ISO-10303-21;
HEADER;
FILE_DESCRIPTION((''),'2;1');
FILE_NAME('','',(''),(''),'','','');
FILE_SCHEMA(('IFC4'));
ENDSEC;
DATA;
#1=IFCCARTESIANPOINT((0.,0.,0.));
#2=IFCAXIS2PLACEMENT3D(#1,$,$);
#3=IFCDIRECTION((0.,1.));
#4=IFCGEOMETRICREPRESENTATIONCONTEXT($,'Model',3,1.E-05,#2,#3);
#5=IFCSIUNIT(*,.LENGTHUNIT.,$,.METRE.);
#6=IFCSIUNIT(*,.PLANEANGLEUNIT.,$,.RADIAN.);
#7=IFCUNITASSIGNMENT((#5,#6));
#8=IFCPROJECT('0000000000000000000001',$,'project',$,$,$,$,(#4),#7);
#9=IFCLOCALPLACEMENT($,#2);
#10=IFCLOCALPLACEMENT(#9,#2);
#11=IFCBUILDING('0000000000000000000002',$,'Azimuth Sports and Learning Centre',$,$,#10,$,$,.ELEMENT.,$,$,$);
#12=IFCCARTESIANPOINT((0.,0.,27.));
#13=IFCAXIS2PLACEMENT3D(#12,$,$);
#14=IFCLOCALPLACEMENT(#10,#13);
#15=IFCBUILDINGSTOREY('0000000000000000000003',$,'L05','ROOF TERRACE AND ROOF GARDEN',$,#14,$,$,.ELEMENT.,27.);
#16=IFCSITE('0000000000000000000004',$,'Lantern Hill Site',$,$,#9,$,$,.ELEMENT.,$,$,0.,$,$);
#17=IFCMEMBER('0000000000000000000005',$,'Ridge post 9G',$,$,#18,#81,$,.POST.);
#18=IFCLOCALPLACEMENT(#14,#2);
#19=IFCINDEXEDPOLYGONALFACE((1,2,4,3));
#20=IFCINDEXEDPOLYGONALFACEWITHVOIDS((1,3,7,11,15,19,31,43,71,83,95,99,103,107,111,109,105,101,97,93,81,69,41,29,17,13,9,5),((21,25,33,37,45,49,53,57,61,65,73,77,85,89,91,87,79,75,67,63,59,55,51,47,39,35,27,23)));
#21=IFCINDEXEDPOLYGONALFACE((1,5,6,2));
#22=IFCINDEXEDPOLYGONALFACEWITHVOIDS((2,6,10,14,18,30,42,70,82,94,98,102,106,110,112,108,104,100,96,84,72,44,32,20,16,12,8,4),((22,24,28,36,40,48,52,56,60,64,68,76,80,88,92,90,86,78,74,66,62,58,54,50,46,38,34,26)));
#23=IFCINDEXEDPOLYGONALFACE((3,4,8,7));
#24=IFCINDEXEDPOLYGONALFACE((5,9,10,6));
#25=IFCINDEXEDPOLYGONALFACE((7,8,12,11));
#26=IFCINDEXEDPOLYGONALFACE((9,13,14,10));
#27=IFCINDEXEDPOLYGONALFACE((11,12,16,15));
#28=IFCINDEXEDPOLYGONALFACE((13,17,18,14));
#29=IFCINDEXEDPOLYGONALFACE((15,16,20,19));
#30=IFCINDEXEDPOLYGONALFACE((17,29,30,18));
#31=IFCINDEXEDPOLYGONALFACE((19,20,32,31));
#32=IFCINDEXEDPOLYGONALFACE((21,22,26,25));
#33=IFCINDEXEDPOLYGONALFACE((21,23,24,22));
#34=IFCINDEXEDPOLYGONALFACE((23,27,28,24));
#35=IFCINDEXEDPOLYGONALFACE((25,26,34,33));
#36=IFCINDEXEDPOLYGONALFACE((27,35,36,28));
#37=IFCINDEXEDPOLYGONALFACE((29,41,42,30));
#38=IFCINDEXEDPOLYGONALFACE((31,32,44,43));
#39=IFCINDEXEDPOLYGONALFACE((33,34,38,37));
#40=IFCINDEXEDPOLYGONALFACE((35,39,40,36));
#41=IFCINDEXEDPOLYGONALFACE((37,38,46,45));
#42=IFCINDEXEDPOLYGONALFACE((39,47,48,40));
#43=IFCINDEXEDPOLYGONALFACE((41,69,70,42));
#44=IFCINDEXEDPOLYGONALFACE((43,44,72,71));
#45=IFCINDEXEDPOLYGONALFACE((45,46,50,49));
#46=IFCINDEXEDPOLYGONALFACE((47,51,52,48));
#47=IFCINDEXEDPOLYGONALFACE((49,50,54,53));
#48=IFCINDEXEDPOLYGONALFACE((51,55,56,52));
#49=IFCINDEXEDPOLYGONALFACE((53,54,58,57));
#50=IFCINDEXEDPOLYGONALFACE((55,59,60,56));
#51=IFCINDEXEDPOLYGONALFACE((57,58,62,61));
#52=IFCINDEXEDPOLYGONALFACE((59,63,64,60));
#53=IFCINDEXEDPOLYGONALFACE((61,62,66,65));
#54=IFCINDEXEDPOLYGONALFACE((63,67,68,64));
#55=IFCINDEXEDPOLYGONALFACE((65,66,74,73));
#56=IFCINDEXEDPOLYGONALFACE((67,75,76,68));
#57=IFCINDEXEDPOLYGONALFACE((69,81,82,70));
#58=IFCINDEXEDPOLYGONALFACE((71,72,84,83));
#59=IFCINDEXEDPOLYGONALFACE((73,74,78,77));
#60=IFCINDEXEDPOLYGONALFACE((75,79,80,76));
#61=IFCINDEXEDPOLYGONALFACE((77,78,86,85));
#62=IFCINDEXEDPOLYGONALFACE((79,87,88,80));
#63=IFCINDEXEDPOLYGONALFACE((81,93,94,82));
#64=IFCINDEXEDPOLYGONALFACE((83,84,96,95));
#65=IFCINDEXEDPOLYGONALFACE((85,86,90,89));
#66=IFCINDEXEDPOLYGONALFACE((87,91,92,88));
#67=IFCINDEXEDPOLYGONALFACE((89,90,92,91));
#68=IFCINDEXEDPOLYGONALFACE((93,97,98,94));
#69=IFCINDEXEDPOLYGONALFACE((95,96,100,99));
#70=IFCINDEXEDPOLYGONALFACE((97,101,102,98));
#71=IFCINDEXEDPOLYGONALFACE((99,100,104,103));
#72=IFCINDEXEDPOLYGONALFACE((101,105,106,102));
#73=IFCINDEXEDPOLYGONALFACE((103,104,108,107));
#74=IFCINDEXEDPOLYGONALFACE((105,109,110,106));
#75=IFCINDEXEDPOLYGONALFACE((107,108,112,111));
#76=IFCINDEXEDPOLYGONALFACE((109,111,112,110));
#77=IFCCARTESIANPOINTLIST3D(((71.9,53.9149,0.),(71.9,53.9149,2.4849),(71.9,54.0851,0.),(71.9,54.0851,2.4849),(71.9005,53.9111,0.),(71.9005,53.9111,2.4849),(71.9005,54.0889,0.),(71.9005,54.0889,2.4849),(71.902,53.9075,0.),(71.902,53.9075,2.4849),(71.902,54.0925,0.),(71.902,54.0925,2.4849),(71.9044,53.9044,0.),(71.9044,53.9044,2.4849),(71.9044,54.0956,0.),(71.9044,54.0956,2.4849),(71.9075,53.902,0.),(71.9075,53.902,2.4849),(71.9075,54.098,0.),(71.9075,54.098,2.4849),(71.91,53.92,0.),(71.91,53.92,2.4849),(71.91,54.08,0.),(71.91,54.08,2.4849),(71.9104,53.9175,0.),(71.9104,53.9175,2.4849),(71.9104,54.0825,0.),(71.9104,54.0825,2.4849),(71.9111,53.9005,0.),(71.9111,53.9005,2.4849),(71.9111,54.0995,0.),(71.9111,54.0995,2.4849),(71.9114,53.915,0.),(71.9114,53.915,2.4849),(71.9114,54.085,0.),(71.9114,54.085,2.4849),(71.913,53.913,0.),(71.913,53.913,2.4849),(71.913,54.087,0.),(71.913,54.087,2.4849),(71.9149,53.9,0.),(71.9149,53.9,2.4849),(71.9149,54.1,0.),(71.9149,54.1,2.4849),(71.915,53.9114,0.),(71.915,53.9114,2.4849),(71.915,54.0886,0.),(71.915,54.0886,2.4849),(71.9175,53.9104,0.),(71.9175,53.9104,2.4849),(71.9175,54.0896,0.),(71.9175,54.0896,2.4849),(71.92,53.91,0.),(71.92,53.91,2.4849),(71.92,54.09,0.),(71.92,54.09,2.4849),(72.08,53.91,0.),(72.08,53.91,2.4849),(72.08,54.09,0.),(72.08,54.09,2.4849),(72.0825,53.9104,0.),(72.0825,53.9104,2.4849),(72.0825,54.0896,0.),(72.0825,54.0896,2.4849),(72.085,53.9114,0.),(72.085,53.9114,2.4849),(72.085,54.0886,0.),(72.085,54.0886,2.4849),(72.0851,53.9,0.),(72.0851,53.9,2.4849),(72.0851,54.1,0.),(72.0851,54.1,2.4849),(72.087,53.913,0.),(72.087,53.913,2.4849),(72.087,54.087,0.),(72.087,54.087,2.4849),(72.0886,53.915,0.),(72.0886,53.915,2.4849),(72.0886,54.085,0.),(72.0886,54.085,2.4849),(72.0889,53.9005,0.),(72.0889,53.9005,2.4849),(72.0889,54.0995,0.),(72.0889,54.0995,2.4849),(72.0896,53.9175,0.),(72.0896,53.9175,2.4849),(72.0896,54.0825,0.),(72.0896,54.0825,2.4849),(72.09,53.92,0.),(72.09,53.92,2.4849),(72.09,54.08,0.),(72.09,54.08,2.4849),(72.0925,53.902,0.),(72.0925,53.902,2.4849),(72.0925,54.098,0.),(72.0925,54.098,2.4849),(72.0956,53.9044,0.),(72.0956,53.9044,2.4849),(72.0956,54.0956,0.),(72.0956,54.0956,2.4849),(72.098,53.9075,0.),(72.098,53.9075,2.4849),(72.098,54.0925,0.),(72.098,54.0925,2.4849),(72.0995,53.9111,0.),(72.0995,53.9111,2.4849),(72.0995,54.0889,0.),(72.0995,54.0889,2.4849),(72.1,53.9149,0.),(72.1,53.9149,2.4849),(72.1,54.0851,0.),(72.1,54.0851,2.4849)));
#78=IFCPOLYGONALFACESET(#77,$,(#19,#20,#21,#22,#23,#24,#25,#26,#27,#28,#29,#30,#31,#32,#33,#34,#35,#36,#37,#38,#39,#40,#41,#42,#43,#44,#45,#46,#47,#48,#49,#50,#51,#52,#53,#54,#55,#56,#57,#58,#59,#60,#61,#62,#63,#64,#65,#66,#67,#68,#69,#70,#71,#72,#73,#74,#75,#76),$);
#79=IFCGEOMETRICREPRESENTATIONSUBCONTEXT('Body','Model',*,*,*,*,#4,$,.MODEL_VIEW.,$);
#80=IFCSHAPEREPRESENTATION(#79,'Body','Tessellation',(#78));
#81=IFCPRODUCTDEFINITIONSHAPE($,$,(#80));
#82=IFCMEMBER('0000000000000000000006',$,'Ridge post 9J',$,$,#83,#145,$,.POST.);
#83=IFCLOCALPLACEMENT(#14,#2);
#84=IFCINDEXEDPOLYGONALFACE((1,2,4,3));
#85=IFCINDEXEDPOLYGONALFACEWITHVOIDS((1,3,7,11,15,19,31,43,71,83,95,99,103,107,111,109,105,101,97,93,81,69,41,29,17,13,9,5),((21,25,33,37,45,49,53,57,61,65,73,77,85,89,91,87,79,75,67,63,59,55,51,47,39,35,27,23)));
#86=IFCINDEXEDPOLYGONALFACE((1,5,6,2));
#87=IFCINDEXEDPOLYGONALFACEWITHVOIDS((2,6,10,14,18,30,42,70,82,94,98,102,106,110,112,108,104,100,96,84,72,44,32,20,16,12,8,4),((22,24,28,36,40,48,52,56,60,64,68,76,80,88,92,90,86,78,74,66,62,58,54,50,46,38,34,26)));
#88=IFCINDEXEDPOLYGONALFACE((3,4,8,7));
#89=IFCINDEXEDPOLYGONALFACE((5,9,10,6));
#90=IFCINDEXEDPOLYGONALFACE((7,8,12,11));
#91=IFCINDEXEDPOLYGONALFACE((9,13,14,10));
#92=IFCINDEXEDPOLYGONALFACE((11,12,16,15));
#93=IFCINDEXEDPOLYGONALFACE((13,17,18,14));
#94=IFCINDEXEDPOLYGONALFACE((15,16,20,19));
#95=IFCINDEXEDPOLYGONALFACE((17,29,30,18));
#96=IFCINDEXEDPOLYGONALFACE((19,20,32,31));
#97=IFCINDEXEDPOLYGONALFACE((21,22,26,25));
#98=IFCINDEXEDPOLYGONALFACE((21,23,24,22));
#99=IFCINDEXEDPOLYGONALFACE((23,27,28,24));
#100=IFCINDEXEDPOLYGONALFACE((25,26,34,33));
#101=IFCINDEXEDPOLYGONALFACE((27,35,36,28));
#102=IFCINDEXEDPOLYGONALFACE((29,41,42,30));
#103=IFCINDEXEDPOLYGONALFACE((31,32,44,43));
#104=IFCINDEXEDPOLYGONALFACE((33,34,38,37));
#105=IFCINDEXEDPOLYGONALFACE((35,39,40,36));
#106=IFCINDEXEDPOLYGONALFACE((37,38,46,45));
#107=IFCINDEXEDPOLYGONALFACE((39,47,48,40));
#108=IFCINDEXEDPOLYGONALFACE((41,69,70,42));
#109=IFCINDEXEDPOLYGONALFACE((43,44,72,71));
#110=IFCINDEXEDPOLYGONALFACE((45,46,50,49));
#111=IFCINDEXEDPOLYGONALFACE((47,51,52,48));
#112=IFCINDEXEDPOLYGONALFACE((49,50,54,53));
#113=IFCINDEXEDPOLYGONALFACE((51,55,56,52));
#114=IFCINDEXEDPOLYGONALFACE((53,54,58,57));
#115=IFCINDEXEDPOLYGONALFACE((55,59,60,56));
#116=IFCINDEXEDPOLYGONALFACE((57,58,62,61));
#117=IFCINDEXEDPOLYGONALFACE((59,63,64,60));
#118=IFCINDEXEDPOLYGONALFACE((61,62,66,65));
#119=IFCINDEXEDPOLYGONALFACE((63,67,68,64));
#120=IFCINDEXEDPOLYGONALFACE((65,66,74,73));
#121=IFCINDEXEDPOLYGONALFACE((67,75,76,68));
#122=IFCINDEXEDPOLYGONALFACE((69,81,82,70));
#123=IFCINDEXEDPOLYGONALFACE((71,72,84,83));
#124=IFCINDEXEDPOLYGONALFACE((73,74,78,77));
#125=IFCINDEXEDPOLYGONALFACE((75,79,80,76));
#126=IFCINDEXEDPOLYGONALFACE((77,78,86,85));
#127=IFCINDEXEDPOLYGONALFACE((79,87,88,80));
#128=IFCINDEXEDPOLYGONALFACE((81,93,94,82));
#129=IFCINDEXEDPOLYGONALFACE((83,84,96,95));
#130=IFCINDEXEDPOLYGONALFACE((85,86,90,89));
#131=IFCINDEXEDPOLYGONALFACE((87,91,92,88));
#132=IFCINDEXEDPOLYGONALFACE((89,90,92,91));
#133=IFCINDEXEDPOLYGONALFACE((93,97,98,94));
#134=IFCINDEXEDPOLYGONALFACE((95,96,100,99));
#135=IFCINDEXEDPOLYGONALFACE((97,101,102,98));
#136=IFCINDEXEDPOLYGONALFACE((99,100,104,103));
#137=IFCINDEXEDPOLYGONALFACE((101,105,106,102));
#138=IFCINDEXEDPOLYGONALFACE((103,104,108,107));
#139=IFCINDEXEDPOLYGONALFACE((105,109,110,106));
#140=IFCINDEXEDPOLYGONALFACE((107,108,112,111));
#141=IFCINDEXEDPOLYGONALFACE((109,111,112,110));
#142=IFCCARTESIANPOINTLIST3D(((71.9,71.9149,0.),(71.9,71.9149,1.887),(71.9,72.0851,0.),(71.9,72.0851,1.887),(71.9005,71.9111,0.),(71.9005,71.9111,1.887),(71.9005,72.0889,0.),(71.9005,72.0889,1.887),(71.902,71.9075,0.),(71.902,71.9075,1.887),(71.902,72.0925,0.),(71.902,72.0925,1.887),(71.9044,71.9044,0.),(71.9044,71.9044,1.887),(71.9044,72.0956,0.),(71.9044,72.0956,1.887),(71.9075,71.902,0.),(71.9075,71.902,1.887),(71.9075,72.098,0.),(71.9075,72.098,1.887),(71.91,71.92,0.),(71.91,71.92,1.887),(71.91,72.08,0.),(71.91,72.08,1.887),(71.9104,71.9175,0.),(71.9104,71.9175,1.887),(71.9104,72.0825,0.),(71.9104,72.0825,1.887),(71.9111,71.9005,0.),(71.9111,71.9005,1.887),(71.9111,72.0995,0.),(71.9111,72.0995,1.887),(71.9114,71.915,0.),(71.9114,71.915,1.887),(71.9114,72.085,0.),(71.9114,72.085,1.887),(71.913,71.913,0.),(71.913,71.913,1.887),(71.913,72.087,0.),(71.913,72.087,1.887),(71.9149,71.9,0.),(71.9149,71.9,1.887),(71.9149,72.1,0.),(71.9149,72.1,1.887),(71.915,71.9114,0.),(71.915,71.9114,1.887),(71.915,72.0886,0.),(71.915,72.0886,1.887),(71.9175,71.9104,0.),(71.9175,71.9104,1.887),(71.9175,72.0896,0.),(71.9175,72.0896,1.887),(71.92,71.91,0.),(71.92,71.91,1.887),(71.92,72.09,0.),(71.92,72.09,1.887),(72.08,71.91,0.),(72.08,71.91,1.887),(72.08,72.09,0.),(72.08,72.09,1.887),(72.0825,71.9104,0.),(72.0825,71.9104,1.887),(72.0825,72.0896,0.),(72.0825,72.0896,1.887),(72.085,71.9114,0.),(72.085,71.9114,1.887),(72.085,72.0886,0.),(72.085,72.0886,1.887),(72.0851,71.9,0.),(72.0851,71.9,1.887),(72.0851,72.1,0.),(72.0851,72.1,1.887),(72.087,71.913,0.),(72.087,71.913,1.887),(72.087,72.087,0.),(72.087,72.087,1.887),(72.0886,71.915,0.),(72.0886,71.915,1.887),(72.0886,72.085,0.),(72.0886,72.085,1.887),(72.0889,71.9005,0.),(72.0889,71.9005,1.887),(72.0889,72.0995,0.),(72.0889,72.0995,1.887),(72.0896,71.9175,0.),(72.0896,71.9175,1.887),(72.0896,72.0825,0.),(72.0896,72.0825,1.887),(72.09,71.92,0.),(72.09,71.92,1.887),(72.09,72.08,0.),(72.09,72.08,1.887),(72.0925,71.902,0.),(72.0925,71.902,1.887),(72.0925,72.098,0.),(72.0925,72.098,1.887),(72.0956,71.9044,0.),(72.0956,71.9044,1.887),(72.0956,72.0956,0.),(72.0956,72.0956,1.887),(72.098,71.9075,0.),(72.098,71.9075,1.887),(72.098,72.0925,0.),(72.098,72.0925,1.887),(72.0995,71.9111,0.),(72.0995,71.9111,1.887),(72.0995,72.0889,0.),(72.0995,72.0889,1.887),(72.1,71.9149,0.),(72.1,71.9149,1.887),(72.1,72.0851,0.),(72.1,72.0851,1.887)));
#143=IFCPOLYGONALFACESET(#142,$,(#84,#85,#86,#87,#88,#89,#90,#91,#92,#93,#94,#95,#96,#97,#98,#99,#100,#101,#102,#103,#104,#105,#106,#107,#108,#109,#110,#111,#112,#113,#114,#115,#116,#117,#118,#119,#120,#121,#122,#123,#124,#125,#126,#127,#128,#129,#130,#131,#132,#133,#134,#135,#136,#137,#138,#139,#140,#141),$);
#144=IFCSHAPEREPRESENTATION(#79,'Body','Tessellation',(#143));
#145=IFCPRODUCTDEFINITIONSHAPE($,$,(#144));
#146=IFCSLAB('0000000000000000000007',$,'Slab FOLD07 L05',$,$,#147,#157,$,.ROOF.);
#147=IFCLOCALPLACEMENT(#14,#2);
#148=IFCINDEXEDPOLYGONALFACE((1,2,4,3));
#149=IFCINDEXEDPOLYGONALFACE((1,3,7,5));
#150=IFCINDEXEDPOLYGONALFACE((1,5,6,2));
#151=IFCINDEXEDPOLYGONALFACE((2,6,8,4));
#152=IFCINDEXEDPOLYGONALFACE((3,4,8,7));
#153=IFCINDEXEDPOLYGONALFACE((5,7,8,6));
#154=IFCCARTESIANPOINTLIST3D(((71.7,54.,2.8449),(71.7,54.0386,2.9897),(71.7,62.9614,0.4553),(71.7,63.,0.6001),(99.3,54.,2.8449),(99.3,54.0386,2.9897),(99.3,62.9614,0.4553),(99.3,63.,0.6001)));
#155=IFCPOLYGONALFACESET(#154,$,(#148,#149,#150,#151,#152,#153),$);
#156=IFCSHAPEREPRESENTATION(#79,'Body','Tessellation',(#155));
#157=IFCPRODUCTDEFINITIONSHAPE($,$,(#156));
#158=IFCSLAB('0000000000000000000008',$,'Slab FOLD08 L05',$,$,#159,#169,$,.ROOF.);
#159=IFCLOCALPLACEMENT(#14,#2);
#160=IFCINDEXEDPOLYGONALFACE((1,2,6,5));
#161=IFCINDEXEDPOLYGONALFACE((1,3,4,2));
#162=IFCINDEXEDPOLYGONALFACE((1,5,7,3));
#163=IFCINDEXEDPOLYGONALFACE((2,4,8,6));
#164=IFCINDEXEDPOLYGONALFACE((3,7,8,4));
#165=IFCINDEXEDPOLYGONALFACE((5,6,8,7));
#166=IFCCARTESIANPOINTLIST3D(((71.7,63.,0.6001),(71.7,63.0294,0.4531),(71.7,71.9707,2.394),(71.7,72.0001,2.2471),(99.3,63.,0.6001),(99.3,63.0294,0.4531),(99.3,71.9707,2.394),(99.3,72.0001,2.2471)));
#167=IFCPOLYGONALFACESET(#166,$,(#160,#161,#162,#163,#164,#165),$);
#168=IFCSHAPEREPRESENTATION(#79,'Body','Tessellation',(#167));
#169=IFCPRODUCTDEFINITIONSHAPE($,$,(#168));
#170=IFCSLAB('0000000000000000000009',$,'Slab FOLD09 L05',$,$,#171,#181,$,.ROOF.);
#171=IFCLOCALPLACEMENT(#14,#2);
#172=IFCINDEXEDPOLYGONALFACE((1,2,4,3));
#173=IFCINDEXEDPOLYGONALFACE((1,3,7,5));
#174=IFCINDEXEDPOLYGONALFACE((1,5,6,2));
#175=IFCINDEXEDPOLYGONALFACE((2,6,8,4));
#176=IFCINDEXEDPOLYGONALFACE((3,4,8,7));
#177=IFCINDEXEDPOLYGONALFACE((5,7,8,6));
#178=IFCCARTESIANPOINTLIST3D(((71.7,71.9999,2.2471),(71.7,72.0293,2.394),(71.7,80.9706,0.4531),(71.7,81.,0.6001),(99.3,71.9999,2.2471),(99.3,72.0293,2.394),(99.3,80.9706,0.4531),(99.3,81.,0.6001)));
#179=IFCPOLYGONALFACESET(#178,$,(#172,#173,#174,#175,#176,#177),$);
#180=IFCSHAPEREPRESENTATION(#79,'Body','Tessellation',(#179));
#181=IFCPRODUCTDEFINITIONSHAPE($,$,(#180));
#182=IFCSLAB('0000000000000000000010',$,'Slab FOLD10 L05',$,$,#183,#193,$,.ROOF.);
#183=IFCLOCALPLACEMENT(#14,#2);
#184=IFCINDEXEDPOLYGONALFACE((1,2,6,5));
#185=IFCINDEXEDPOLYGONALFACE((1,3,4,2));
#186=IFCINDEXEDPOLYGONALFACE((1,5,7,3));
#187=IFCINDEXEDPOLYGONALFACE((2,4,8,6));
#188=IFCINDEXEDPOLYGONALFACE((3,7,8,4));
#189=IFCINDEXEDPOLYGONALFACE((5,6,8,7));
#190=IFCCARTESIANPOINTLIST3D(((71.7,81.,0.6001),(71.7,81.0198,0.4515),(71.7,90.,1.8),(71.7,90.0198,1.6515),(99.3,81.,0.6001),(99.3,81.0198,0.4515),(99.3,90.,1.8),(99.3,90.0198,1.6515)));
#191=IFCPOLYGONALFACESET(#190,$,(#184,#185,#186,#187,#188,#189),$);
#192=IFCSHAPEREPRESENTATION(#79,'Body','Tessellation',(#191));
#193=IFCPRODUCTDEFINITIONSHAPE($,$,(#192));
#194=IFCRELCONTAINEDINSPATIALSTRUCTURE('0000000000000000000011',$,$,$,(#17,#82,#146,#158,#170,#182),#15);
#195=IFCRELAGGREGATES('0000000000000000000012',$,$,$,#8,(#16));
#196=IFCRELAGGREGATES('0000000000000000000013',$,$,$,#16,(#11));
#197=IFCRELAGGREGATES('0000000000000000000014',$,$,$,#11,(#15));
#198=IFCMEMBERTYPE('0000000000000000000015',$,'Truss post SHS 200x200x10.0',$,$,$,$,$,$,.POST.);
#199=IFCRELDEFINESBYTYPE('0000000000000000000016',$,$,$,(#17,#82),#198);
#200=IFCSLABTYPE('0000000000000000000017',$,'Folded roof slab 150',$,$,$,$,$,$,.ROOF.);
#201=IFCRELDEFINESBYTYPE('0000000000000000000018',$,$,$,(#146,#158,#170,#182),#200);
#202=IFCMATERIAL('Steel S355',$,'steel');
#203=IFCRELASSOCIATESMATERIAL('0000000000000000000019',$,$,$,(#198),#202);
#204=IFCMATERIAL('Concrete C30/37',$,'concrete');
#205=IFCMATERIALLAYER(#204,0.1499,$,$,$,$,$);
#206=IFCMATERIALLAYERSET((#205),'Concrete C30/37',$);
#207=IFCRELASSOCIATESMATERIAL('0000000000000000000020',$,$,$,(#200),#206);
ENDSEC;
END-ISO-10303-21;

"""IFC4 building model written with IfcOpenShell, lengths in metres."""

from ifc_helpers import new_model, si_unit, direction, frame, origin, origin_2d, place, context, subcontext, project, spatial, polyline, hollow_rectangle, outline, extrude, material, layer, layer_set, material_profile, profile_set, type_object, element, save


model = new_model("IFC4")

# Units and contexts
model_context = context("Model", 3, precision=1e-05, world=origin(), true_north=direction((0.0, 1.0)))
body_context = subcontext(model_context, "Body", "Model", "MODEL_VIEW")
ifc_project = project(units=[si_unit("LENGTHUNIT", "METRE"), si_unit("PLANEANGLEUNIT", "RADIAN")], contexts=[model_context])

# Site, building, storey
site_placement = place(None, origin())
site = spatial("IfcSite", under=ifc_project, at=site_placement, Name="Lantern Hill Site", CompositionType="ELEMENT", RefElevation=0.0)
building_placement = place(site_placement, origin())
building = spatial("IfcBuilding", under=site, at=building_placement, Name="Azimuth Sports and Learning Centre", CompositionType="ELEMENT")
storey_placement = place(building_placement, frame((0.0, 0.0, 27.0)))
storey = spatial("IfcBuildingStorey", under=building, at=storey_placement, Name="L05", Description="ROOF TERRACE AND ROOF GARDEN", CompositionType="ELEMENT", Elevation=27.0)

# Members
ifc_material_1 = material(Name="Steel S355", Category="steel")
ifc_material_profile_1 = material_profile(ifc_material_1, hollow_rectangle(XDim=0.2, YDim=0.2, WallThickness=0.01, InnerFilletRadius=0.01, OuterFilletRadius=0.0149, at=origin_2d()), Name="SHS 200x200x10.0")
ifc_profile_set_1 = profile_set([ifc_material_profile_1], Name="Steel S355")
member_type_1 = type_object("IfcMemberType", Name="Truss post SHS 200x200x10.0", PredefinedType="POST", material=ifc_profile_set_1)
member_1_placement = place(storey_placement, frame((72.0, 54.0, 0.0), z_axis=(0.0, 0.0, 1.0), x_axis=(1.0, 0.0, 0.0)))
element("IfcMember", 1, at=member_1_placement, inside=storey, type_object=member_type_1, Name="Ridge post 9G", PredefinedType="POST", context=body_context, shape_type="SweptSolid", body=[
    extrude(hollow_rectangle(XDim=0.2, YDim=0.2, WallThickness=0.01, InnerFilletRadius=0.01, OuterFilletRadius=0.0149, at=origin_2d()), origin(), (0.0, 0.0, 1.0), 2.4849),
])
member_2_placement = place(storey_placement, frame((72.0, 72.0, 0.0), z_axis=(0.0, 0.0, 1.0), x_axis=(1.0, 0.0, 0.0)))
element("IfcMember", 2, at=member_2_placement, inside=storey, type_object=member_type_1, Name="Ridge post 9J", PredefinedType="POST", context=body_context, shape_type="SweptSolid", body=[
    extrude(hollow_rectangle(XDim=0.2, YDim=0.2, WallThickness=0.01, InnerFilletRadius=0.01, OuterFilletRadius=0.0149, at=origin_2d()), origin(), (0.0, 0.0, 1.0), 1.887),
])

# Slabs
ifc_material_2 = material(Name="Concrete C30/37", Category="concrete")
ifc_layer_1 = layer(ifc_material_2, 0.1499)
ifc_layer_set_1 = layer_set([ifc_layer_1], Name="Concrete C30/37")
slab_type = type_object("IfcSlabType", Name="Folded roof slab 150", PredefinedType="ROOF", material=ifc_layer_set_1)
slab_1_placement = place(storey_placement, frame((71.7, 54.0386, 2.9897), z_axis=(0.0, 0.257656, 0.966237), x_axis=(1.0, 0.0, 0.0)))
element("IfcSlab", 3, at=slab_1_placement, inside=storey, type_object=slab_type, Name="Slab FOLD07 L05", PredefinedType="ROOF", context=body_context, shape_type="SweptSolid", body=[
    extrude(outline(polyline([(0.0, 0.0), (27.6001, 0.0), (27.6001, 9.2746), (0.0, 9.2746), (0.0, 0.0)])), origin(), (0.0, 0.0, -1.0), 0.1499),
])
for number, where, z_axis, x_axis, name in (
    (4, (71.7, 63.0, 0.6001), (0.0, -0.196096, 0.980585), (1.0, 0.0, 0.0), "Slab FOLD08 L05"),
    (5, (71.7, 72.0293, 2.394), (0.0, 0.196096, 0.980585), (1.0, 0.0, 0.0), "Slab FOLD09 L05"),
):
    element("IfcSlab", number, at=place(storey_placement, frame(where, z_axis=z_axis, x_axis=x_axis)), inside=storey, type_object=slab_type, Name=name, PredefinedType="ROOF", context=body_context, shape_type="SweptSolid", body=[
        extrude(outline(polyline([(0.0, 0.0), (27.6001, 0.0), (27.6001, 9.1483), (0.0, 9.1483), (0.0, 0.0)])), origin(), (0.0, 0.0, -1.0), 0.1499),
    ])
slab_2_placement = place(storey_placement, frame((71.7, 81.0, 0.6001), z_axis=(0.0, -0.132158, 0.991229), x_axis=(1.0, 0.0, 0.0)))
element("IfcSlab", 6, at=slab_2_placement, inside=storey, type_object=slab_type, Name="Slab FOLD10 L05", PredefinedType="ROOF", context=body_context, shape_type="SweptSolid", body=[
    extrude(outline(polyline([(0.0, 0.0), (27.6001, 0.0), (27.6001, 9.0796), (0.0, 9.0796), (0.0, 0.0)])), origin(), (0.0, 0.0, -1.0), 0.1499),
])

save(model, "model.ifc")
